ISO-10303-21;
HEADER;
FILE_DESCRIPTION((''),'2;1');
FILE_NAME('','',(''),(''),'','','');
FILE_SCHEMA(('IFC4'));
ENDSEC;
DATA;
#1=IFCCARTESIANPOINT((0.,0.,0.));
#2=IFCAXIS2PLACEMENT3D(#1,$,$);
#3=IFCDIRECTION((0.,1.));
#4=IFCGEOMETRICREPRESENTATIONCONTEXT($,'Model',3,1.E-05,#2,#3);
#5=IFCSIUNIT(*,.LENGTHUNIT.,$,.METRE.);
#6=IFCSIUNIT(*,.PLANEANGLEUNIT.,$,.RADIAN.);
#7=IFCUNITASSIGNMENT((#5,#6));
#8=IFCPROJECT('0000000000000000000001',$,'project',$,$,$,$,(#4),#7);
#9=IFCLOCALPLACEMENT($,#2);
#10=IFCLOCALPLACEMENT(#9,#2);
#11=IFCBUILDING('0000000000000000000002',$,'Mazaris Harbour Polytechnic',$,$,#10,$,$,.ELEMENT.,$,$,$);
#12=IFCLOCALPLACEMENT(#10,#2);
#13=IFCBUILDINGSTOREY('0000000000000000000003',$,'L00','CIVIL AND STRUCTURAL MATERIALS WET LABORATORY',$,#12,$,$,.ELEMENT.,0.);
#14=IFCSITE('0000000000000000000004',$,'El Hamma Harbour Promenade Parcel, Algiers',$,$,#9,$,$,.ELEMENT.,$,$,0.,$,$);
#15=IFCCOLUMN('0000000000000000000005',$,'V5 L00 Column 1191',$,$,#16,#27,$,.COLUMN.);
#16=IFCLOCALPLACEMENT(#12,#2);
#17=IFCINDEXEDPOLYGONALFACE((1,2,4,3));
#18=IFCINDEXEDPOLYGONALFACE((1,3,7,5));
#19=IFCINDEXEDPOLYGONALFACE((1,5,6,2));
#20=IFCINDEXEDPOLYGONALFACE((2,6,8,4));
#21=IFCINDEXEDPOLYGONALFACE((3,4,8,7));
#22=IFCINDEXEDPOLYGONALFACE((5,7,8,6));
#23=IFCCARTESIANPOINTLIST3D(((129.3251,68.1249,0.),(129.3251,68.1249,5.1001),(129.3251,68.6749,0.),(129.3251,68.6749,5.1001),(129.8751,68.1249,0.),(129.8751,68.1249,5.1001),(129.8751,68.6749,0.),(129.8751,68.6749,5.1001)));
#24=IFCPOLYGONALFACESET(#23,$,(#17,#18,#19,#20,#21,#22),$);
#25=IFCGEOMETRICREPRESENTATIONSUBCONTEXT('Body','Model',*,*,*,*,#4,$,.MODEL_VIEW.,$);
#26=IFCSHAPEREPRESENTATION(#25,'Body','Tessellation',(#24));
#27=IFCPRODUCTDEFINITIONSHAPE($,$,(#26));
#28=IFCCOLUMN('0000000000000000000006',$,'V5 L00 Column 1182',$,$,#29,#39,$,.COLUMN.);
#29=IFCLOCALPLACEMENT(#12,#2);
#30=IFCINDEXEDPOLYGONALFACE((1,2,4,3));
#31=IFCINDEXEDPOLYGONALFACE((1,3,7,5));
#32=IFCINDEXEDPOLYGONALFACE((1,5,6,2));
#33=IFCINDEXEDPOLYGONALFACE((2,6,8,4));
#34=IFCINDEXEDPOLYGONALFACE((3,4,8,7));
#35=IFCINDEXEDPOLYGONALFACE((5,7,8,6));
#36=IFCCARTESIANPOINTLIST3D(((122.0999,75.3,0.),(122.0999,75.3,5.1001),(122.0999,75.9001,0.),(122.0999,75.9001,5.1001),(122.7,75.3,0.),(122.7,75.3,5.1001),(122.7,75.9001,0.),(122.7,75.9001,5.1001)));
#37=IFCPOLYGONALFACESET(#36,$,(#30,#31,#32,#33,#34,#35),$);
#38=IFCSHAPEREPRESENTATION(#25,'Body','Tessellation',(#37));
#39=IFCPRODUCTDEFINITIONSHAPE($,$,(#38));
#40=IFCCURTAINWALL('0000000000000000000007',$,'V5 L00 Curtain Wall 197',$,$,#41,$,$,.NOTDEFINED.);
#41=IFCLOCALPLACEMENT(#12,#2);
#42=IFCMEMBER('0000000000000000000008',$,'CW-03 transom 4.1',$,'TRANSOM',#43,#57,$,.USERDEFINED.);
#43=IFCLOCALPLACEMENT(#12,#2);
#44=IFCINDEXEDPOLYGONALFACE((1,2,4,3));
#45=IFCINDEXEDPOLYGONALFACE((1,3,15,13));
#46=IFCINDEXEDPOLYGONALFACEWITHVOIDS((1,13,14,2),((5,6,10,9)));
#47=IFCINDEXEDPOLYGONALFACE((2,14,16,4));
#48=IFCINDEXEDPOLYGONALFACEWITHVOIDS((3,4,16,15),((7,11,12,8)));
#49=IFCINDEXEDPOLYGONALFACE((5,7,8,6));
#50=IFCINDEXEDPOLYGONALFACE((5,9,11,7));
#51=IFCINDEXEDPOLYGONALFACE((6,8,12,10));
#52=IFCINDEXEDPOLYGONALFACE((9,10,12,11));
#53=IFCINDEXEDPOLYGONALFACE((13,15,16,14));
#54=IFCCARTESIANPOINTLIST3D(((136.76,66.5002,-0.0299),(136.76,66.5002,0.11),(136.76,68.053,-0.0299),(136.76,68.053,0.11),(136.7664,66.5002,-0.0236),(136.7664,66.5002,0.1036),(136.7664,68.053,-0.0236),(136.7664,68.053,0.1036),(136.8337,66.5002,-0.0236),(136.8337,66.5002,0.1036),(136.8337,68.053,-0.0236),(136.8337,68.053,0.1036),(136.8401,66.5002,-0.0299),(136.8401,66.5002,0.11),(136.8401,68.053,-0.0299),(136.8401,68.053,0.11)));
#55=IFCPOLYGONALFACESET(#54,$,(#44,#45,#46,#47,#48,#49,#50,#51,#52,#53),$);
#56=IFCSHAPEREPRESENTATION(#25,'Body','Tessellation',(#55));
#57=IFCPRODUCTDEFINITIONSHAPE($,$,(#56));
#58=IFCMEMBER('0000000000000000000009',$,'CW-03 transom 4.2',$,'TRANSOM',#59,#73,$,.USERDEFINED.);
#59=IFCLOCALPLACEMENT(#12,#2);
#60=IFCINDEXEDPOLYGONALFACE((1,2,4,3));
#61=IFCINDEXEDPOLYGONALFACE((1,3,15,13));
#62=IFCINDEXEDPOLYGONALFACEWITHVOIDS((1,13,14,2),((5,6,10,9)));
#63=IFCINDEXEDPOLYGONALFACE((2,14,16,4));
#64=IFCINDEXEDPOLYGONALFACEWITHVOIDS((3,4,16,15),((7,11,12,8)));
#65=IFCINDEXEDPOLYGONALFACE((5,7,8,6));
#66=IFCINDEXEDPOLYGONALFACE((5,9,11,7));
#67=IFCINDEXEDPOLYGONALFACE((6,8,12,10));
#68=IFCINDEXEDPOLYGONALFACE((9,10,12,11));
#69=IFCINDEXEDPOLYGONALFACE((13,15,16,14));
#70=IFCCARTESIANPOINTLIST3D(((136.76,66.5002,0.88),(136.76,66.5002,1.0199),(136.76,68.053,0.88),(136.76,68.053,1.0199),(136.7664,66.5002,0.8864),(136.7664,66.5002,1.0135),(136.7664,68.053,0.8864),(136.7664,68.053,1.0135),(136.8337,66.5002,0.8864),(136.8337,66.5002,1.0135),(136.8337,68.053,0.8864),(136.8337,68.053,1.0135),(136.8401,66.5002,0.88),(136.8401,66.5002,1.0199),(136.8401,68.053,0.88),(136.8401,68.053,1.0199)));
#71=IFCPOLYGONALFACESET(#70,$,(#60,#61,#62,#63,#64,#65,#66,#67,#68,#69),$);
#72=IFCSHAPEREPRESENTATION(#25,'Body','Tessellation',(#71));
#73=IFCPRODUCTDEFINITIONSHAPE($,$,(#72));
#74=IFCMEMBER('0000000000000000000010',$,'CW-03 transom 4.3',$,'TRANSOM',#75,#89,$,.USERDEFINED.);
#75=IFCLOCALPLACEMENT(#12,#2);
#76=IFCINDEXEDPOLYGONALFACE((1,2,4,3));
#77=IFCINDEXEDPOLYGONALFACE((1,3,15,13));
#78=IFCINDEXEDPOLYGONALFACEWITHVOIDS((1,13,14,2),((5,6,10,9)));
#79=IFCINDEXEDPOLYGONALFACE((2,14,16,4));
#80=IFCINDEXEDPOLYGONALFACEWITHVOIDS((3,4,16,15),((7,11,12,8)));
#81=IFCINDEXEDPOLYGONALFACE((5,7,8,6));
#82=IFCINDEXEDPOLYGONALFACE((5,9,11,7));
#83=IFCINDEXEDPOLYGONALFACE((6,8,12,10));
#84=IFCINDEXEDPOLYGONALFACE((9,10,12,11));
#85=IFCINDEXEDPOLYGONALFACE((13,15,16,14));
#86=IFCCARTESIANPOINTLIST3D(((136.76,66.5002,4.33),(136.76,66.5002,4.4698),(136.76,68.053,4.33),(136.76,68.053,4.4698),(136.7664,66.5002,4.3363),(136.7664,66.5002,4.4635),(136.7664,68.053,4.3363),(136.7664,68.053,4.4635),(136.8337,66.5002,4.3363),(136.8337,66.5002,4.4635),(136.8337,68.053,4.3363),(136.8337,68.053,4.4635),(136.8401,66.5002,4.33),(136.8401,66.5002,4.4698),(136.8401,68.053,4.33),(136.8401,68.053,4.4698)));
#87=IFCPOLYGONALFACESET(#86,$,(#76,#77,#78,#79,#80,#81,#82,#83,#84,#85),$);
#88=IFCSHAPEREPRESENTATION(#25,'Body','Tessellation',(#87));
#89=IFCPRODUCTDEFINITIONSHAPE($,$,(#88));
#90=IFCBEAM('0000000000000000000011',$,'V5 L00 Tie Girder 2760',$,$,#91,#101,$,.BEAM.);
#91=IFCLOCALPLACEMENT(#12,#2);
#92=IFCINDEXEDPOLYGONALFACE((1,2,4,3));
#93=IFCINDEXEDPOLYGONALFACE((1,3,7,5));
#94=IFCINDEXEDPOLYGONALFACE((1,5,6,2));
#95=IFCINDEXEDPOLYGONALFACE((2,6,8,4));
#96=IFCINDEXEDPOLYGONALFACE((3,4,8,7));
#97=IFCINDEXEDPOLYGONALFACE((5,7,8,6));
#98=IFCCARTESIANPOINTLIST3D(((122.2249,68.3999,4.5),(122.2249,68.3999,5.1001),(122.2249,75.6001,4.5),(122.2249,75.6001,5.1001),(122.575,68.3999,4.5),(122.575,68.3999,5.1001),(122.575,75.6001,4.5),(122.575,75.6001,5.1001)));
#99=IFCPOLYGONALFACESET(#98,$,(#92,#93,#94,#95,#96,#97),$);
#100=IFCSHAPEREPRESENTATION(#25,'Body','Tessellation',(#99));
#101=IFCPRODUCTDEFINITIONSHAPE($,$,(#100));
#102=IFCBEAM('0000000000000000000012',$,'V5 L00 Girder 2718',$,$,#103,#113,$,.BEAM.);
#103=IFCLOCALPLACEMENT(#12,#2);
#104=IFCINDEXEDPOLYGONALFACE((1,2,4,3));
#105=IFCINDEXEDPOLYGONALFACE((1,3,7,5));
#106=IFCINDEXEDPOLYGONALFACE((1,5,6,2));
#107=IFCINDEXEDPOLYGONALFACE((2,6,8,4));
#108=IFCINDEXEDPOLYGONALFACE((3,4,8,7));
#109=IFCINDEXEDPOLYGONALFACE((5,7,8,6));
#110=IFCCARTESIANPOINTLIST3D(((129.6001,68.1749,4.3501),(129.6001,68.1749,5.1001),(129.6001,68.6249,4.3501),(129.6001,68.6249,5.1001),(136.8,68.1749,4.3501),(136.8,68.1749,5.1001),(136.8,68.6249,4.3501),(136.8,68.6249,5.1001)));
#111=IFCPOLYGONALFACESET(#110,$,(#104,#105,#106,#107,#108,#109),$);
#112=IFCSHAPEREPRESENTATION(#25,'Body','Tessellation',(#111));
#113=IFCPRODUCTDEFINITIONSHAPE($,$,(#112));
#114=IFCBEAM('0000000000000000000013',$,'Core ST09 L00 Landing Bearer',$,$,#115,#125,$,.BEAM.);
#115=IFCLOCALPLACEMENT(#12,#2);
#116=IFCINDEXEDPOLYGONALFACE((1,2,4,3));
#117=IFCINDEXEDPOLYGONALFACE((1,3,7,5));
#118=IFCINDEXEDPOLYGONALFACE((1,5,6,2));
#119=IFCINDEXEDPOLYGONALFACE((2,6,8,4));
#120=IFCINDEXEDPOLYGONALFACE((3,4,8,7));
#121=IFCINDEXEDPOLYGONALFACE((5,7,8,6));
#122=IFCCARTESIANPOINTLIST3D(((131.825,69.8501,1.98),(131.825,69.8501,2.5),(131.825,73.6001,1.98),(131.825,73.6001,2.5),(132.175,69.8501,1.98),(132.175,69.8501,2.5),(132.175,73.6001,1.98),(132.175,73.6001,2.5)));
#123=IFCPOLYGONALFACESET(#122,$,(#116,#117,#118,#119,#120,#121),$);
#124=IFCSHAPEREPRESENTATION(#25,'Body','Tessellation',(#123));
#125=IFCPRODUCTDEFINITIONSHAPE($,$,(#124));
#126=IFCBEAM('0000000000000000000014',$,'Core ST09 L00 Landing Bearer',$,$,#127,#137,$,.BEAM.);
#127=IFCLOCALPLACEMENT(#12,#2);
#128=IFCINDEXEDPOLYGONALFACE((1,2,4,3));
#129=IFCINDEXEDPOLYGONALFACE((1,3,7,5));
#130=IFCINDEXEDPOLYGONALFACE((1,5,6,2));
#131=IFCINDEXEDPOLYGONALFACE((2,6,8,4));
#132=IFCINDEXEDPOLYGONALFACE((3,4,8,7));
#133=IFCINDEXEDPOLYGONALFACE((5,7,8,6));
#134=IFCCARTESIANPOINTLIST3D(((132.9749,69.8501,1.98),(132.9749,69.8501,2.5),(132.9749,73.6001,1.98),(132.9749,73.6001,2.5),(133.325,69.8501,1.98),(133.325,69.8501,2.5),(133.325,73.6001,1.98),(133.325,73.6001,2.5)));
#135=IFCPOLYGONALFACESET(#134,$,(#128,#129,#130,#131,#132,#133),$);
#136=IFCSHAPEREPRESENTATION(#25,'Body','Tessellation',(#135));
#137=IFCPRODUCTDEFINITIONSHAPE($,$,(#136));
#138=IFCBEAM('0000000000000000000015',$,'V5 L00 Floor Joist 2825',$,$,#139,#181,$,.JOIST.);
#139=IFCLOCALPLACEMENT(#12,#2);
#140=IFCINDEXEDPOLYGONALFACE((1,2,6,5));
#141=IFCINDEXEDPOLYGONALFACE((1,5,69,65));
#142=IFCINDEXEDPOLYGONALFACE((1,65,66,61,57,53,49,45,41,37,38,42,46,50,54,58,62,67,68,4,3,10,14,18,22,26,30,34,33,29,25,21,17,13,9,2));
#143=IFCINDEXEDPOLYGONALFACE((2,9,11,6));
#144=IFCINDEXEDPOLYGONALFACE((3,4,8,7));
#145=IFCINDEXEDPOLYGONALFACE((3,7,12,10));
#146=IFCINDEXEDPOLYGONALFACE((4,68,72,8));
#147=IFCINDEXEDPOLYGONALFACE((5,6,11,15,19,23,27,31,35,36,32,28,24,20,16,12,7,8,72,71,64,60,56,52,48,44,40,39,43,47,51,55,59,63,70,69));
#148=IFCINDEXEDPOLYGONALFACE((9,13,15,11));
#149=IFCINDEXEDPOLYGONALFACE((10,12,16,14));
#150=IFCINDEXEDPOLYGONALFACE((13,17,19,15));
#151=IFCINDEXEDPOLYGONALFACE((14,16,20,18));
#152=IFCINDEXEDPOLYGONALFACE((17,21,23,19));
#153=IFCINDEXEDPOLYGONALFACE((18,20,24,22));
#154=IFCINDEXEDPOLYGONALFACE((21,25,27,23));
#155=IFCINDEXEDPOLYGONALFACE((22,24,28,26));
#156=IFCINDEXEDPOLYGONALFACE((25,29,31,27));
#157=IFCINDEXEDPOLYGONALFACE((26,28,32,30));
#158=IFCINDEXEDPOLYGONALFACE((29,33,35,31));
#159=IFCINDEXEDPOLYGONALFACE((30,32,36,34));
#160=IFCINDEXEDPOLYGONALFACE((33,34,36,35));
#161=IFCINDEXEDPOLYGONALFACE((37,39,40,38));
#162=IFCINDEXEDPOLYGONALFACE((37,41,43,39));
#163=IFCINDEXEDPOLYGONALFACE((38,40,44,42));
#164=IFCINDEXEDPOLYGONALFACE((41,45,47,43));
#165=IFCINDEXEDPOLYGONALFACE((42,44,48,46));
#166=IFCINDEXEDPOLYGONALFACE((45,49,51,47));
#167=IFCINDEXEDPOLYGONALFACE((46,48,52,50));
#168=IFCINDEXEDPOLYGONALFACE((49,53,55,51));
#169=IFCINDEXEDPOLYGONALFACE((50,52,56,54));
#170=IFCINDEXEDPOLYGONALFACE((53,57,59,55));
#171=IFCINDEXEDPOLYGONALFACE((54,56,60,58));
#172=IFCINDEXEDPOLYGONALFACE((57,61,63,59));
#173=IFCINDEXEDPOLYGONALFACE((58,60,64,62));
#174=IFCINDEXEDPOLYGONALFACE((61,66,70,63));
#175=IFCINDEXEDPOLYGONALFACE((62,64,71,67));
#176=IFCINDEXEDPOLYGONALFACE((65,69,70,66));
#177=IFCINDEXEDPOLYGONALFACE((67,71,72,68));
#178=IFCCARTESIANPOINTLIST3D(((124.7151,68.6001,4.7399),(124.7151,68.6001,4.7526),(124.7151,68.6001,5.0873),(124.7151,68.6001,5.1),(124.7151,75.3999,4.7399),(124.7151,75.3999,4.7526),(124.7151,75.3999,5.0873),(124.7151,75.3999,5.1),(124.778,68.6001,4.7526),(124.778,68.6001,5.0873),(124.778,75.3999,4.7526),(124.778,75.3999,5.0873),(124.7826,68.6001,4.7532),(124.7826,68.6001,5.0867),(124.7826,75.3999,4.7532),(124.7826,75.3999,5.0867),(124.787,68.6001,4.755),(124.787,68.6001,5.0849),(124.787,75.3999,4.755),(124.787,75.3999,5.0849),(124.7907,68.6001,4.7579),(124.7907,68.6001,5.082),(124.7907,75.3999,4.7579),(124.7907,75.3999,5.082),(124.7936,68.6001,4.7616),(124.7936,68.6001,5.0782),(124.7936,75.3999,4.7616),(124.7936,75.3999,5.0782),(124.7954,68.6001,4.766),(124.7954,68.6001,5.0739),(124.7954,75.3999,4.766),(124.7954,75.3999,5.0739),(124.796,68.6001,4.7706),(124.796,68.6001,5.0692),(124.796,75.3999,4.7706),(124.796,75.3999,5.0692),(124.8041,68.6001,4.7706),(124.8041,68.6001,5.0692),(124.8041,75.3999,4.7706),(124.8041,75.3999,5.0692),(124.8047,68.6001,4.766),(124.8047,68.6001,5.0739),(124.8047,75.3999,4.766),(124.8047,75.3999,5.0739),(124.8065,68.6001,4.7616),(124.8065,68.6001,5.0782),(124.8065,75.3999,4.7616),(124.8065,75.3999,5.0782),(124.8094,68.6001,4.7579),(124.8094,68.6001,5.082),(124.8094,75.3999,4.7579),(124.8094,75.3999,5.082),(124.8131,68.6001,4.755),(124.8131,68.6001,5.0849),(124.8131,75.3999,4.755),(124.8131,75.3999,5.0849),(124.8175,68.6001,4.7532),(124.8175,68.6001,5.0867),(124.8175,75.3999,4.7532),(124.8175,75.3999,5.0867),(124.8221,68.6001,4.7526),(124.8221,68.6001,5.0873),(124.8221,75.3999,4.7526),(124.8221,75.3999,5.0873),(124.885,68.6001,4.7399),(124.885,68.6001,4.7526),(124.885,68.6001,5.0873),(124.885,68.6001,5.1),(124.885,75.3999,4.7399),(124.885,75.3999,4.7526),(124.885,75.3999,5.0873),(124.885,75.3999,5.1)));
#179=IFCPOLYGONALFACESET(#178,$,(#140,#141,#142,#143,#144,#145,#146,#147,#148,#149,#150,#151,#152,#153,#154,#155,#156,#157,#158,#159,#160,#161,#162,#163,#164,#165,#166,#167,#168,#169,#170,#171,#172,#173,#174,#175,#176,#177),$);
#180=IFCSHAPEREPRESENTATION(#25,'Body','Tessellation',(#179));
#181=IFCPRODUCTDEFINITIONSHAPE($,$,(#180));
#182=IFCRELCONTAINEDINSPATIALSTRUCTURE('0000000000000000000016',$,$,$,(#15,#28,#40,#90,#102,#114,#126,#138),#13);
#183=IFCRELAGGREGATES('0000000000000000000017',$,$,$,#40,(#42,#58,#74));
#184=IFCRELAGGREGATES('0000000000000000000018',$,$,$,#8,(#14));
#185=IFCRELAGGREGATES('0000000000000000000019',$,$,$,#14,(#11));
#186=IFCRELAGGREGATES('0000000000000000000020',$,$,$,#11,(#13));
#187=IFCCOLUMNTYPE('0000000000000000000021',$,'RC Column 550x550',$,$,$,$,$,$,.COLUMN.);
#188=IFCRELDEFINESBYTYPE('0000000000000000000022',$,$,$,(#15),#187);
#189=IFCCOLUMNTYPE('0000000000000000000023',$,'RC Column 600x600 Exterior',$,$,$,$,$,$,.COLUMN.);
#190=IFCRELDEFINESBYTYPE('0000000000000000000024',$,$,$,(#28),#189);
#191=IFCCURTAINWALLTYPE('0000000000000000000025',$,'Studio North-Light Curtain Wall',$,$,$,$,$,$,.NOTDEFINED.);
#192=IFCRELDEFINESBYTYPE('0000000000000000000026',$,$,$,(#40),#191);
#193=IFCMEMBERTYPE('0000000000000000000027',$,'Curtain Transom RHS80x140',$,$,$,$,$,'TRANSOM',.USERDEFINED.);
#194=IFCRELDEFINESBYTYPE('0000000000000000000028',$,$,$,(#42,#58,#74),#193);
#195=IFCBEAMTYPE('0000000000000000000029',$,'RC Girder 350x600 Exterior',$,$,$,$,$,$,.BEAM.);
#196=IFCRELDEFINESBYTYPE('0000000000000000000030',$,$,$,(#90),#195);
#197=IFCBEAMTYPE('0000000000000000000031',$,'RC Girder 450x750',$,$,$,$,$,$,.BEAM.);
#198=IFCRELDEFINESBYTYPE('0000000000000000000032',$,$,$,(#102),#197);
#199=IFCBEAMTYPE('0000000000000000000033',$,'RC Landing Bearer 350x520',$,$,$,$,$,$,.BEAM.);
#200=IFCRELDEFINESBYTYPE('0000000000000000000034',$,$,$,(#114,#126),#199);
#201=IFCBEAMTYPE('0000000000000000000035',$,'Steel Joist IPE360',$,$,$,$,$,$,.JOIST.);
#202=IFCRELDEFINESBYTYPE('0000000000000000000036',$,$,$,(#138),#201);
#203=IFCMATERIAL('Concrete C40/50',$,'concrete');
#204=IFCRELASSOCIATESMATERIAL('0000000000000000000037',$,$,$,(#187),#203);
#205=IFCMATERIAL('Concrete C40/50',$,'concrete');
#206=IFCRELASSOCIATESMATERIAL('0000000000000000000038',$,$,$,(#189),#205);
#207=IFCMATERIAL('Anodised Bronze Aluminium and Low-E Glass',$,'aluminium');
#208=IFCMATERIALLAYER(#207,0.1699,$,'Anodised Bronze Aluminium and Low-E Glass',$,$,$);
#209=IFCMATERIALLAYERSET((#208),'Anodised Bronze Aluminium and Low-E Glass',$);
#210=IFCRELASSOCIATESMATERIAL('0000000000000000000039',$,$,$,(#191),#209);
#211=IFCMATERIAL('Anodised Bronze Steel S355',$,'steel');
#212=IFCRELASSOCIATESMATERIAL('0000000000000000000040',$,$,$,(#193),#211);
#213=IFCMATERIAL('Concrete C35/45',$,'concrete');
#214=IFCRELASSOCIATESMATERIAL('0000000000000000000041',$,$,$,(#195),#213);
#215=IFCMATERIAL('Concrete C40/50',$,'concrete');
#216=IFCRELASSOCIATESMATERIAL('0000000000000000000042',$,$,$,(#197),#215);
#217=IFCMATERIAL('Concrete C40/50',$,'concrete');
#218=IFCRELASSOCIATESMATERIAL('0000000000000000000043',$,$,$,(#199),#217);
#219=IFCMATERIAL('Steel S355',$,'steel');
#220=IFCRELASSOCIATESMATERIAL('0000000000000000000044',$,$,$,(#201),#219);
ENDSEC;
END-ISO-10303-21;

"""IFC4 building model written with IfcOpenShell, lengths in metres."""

from ifc_helpers import new_model, si_unit, direction, frame, origin, origin_2d, place, context, subcontext, project, spatial, rectangle, hollow_rectangle, i_section, extrude, material, layer, layer_set, material_profile, profile_set, type_object, element, aggregate, save


model = new_model("IFC4")

# Units and contexts
model_context = context("Model", 3, precision=1e-05, world=origin(), true_north=direction((0.0, 1.0)))
body_context = subcontext(model_context, "Body", "Model", "MODEL_VIEW")
ifc_project = project(units=[si_unit("LENGTHUNIT", "METRE"), si_unit("PLANEANGLEUNIT", "RADIAN")], contexts=[model_context])

# Site, building, storey
site_placement = place(None, origin())
site = spatial("IfcSite", under=ifc_project, at=site_placement, Name="El Hamma Harbour Promenade Parcel, Algiers", CompositionType="ELEMENT", RefElevation=0.0)
building_placement = place(site_placement, origin())
building = spatial("IfcBuilding", under=site, at=building_placement, Name="Mazaris Harbour Polytechnic", CompositionType="ELEMENT")
storey_placement = place(building_placement, origin())
storey = spatial("IfcBuildingStorey", under=building, at=storey_placement, Name="L00", Description="CIVIL AND STRUCTURAL MATERIALS WET LABORATORY", CompositionType="ELEMENT", Elevation=0.0)

# Columns
ifc_material_1 = material(Name="Concrete C40/50", Category="concrete")
ifc_material_profile_1 = material_profile(ifc_material_1, rectangle(XDim=0.55, YDim=0.55, at=origin_2d()), Name="RECT550x550")
ifc_profile_set_1 = profile_set([ifc_material_profile_1], Name="Concrete C40/50")
column_type_1 = type_object("IfcColumnType", Name="RC Column 550x550", PredefinedType="COLUMN", material=ifc_profile_set_1)
column_1_placement = place(storey_placement, frame((129.6001, 68.3999, 0.0), z_axis=(0.0, 0.0, 1.0), x_axis=(1.0, 0.0, 0.0)))
element("IfcColumn", 1, at=column_1_placement, inside=storey, type_object=column_type_1, Name="V5 L00 Column 1191", PredefinedType="COLUMN", context=body_context, shape_type="SweptSolid", body=[
    extrude(rectangle(XDim=0.55, YDim=0.55, at=origin_2d()), origin(), (0.0, 0.0, 1.0), 5.1001),
])
ifc_material_2 = material(Name="Concrete C40/50", Category="concrete")
ifc_material_profile_2 = material_profile(ifc_material_2, rectangle(XDim=0.6001, YDim=0.6001, at=origin_2d()), Name="RECT600x600")
ifc_profile_set_2 = profile_set([ifc_material_profile_2], Name="Concrete C40/50")
column_type_2 = type_object("IfcColumnType", Name="RC Column 600x600 Exterior", PredefinedType="COLUMN", material=ifc_profile_set_2)
column_2_placement = place(storey_placement, frame((122.3999, 75.6001, 0.0), z_axis=(0.0, 0.0, 1.0), x_axis=(1.0, 0.0, 0.0)))
element("IfcColumn", 2, at=column_2_placement, inside=storey, type_object=column_type_2, Name="V5 L00 Column 1182", PredefinedType="COLUMN", context=body_context, shape_type="SweptSolid", body=[
    extrude(rectangle(XDim=0.6001, YDim=0.6001, at=origin_2d()), origin(), (0.0, 0.0, 1.0), 5.1001),
])

# Curtain wall, members
ifc_material_3 = material(Name="Anodised Bronze Aluminium and Low-E Glass", Category="aluminium")
ifc_layer_1 = layer(ifc_material_3, 0.1699, Name="Anodised Bronze Aluminium and Low-E Glass")
ifc_layer_set_1 = layer_set([ifc_layer_1], Name="Anodised Bronze Aluminium and Low-E Glass")
curtain_wall_type = type_object("IfcCurtainWallType", Name="Studio North-Light Curtain Wall", PredefinedType="NOTDEFINED", material=ifc_layer_set_1)
curtain_wall_placement = place(storey_placement, origin())
curtain_wall = element("IfcCurtainWall", 3, at=curtain_wall_placement, inside=storey, type_object=curtain_wall_type, Name="V5 L00 Curtain Wall 197", PredefinedType="NOTDEFINED")
ifc_material_4 = material(Name="Anodised Bronze Steel S355", Category="steel")
ifc_material_profile_3 = material_profile(ifc_material_4, hollow_rectangle(XDim=0.0801, YDim=0.1399, WallThickness=0.0063, at=origin_2d()), Name="RHS 80x140x6.3")
ifc_profile_set_3 = profile_set([ifc_material_profile_3], Name="Anodised Bronze Steel S355")
member_type = type_object("IfcMemberType", Name="Curtain Transom RHS80x140", ElementType="TRANSOM", PredefinedType="USERDEFINED", material=ifc_profile_set_3)
member_1_placement = place(storey_placement, frame((136.8, 66.5002, 0.04), z_axis=(0.0, 1.0, 0.0), x_axis=(-1.0, 0.0, 0.0)))
member_1 = element("IfcMember", 4, at=member_1_placement, type_object=member_type, Name="CW-03 transom 4.1", ObjectType="TRANSOM", PredefinedType="USERDEFINED", context=body_context, shape_type="SweptSolid", body=[
    extrude(hollow_rectangle(XDim=0.0801, YDim=0.1399, WallThickness=0.0063, at=origin_2d()), origin(), (0.0, 0.0, 1.0), 1.5527),
])
member_2_placement = place(storey_placement, frame((136.8, 66.5002, 0.95), z_axis=(0.0, 1.0, 0.0), x_axis=(-1.0, 0.0, 0.0)))
member_2 = element("IfcMember", 5, at=member_2_placement, type_object=member_type, Name="CW-03 transom 4.2", ObjectType="TRANSOM", PredefinedType="USERDEFINED", context=body_context, shape_type="SweptSolid", body=[
    extrude(hollow_rectangle(XDim=0.0801, YDim=0.1399, WallThickness=0.0063, at=origin_2d()), origin(), (0.0, 0.0, 1.0), 1.5527),
])
member_3_placement = place(storey_placement, frame((136.8, 66.5002, 4.3999), z_axis=(0.0, 1.0, 0.0), x_axis=(-1.0, 0.0, 0.0)))
member_3 = element("IfcMember", 6, at=member_3_placement, type_object=member_type, Name="CW-03 transom 4.3", ObjectType="TRANSOM", PredefinedType="USERDEFINED", context=body_context, shape_type="SweptSolid", body=[
    extrude(hollow_rectangle(XDim=0.0801, YDim=0.1399, WallThickness=0.0063, at=origin_2d()), origin(), (0.0, 0.0, 1.0), 1.5527),
])

# Beams
ifc_material_5 = material(Name="Concrete C35/45", Category="concrete")
ifc_material_profile_4 = material_profile(ifc_material_5, rectangle(XDim=0.3501, YDim=0.6001, at=origin_2d()), Name="RECT350x600")
ifc_profile_set_4 = profile_set([ifc_material_profile_4], Name="Concrete C35/45")
beam_type_1 = type_object("IfcBeamType", Name="RC Girder 350x600 Exterior", PredefinedType="BEAM", material=ifc_profile_set_4)
beam_1_placement = place(storey_placement, frame((122.3999, 68.3999, 4.8), z_axis=(0.0, 1.0, 0.0), x_axis=(-1.0, 0.0, 0.0)))
element("IfcBeam", 7, at=beam_1_placement, inside=storey, type_object=beam_type_1, Name="V5 L00 Tie Girder 2760", PredefinedType="BEAM", context=body_context, shape_type="SweptSolid", body=[
    extrude(rectangle(XDim=0.3501, YDim=0.6001, at=origin_2d()), origin(), (0.0, 0.0, 1.0), 7.2002),
])
ifc_material_6 = material(Name="Concrete C40/50", Category="concrete")
ifc_material_profile_5 = material_profile(ifc_material_6, rectangle(XDim=0.45, YDim=0.75, at=origin_2d()), Name="RECT450x750")
ifc_profile_set_5 = profile_set([ifc_material_profile_5], Name="Concrete C40/50")
beam_type_2 = type_object("IfcBeamType", Name="RC Girder 450x750", PredefinedType="BEAM", material=ifc_profile_set_5)
beam_2_placement = place(storey_placement, frame((129.6001, 68.3999, 4.7251), z_axis=(1.0, 0.0, 0.0), x_axis=(0.0, 1.0, 0.0)))
element("IfcBeam", 8, at=beam_2_placement, inside=storey, type_object=beam_type_2, Name="V5 L00 Girder 2718", PredefinedType="BEAM", context=body_context, shape_type="SweptSolid", body=[
    extrude(rectangle(XDim=0.45, YDim=0.75, at=origin_2d()), origin(), (0.0, 0.0, 1.0), 7.2),
])
ifc_material_7 = material(Name="Concrete C40/50", Category="concrete")
ifc_material_profile_6 = material_profile(ifc_material_7, rectangle(XDim=0.3501, YDim=0.52, at=origin_2d()), Name="RECT350x520")
ifc_profile_set_6 = profile_set([ifc_material_profile_6], Name="Concrete C40/50")
beam_type_3 = type_object("IfcBeamType", Name="RC Landing Bearer 350x520", PredefinedType="BEAM", material=ifc_profile_set_6)
for number, where, z_axis, x_axis, name in (
    (9, (132.0, 69.8501, 2.24), (0.0, 1.0, 0.0), (-1.0, 0.0, 0.0), "Core ST09 L00 Landing Bearer"),
    (10, (133.1499, 69.8501, 2.24), (0.0, 1.0, 0.0), (-1.0, 0.0, 0.0), "Core ST09 L00 Landing Bearer"),
):
    element("IfcBeam", number, at=place(storey_placement, frame(where, z_axis=z_axis, x_axis=x_axis)), inside=storey, type_object=beam_type_3, Name=name, PredefinedType="BEAM", context=body_context, shape_type="SweptSolid", body=[
        extrude(rectangle(XDim=0.3501, YDim=0.52, at=origin_2d()), origin(), (0.0, 0.0, 1.0), 3.75),
    ])
ifc_material_8 = material(Name="Steel S355", Category="steel")
ifc_material_profile_7 = material_profile(ifc_material_8, i_section(OverallWidth=0.1699, OverallDepth=0.3601, WebThickness=0.0081, FlangeThickness=0.0127, FilletRadius=0.0181, at=origin_2d()), Name="IPE 360")
ifc_profile_set_7 = profile_set([ifc_material_profile_7], Name="Steel S355")
beam_type_4 = type_object("IfcBeamType", Name="Steel Joist IPE360", PredefinedType="JOIST", material=ifc_profile_set_7)
beam_3_placement = place(storey_placement, frame((124.8, 68.6001, 4.9199), z_axis=(0.0, 1.0, 0.0), x_axis=(-1.0, 0.0, 0.0)))
element("IfcBeam", 11, at=beam_3_placement, inside=storey, type_object=beam_type_4, Name="V5 L00 Floor Joist 2825", PredefinedType="JOIST", context=body_context, shape_type="SweptSolid", body=[
    extrude(i_section(OverallWidth=0.1699, OverallDepth=0.3601, WebThickness=0.0081, FlangeThickness=0.0127, FilletRadius=0.0181, at=origin_2d()), origin(), (0.0, 0.0, 1.0), 6.7998),
])

aggregate(curtain_wall, [member_1, member_2, member_3])

save(model, "model.ifc")
